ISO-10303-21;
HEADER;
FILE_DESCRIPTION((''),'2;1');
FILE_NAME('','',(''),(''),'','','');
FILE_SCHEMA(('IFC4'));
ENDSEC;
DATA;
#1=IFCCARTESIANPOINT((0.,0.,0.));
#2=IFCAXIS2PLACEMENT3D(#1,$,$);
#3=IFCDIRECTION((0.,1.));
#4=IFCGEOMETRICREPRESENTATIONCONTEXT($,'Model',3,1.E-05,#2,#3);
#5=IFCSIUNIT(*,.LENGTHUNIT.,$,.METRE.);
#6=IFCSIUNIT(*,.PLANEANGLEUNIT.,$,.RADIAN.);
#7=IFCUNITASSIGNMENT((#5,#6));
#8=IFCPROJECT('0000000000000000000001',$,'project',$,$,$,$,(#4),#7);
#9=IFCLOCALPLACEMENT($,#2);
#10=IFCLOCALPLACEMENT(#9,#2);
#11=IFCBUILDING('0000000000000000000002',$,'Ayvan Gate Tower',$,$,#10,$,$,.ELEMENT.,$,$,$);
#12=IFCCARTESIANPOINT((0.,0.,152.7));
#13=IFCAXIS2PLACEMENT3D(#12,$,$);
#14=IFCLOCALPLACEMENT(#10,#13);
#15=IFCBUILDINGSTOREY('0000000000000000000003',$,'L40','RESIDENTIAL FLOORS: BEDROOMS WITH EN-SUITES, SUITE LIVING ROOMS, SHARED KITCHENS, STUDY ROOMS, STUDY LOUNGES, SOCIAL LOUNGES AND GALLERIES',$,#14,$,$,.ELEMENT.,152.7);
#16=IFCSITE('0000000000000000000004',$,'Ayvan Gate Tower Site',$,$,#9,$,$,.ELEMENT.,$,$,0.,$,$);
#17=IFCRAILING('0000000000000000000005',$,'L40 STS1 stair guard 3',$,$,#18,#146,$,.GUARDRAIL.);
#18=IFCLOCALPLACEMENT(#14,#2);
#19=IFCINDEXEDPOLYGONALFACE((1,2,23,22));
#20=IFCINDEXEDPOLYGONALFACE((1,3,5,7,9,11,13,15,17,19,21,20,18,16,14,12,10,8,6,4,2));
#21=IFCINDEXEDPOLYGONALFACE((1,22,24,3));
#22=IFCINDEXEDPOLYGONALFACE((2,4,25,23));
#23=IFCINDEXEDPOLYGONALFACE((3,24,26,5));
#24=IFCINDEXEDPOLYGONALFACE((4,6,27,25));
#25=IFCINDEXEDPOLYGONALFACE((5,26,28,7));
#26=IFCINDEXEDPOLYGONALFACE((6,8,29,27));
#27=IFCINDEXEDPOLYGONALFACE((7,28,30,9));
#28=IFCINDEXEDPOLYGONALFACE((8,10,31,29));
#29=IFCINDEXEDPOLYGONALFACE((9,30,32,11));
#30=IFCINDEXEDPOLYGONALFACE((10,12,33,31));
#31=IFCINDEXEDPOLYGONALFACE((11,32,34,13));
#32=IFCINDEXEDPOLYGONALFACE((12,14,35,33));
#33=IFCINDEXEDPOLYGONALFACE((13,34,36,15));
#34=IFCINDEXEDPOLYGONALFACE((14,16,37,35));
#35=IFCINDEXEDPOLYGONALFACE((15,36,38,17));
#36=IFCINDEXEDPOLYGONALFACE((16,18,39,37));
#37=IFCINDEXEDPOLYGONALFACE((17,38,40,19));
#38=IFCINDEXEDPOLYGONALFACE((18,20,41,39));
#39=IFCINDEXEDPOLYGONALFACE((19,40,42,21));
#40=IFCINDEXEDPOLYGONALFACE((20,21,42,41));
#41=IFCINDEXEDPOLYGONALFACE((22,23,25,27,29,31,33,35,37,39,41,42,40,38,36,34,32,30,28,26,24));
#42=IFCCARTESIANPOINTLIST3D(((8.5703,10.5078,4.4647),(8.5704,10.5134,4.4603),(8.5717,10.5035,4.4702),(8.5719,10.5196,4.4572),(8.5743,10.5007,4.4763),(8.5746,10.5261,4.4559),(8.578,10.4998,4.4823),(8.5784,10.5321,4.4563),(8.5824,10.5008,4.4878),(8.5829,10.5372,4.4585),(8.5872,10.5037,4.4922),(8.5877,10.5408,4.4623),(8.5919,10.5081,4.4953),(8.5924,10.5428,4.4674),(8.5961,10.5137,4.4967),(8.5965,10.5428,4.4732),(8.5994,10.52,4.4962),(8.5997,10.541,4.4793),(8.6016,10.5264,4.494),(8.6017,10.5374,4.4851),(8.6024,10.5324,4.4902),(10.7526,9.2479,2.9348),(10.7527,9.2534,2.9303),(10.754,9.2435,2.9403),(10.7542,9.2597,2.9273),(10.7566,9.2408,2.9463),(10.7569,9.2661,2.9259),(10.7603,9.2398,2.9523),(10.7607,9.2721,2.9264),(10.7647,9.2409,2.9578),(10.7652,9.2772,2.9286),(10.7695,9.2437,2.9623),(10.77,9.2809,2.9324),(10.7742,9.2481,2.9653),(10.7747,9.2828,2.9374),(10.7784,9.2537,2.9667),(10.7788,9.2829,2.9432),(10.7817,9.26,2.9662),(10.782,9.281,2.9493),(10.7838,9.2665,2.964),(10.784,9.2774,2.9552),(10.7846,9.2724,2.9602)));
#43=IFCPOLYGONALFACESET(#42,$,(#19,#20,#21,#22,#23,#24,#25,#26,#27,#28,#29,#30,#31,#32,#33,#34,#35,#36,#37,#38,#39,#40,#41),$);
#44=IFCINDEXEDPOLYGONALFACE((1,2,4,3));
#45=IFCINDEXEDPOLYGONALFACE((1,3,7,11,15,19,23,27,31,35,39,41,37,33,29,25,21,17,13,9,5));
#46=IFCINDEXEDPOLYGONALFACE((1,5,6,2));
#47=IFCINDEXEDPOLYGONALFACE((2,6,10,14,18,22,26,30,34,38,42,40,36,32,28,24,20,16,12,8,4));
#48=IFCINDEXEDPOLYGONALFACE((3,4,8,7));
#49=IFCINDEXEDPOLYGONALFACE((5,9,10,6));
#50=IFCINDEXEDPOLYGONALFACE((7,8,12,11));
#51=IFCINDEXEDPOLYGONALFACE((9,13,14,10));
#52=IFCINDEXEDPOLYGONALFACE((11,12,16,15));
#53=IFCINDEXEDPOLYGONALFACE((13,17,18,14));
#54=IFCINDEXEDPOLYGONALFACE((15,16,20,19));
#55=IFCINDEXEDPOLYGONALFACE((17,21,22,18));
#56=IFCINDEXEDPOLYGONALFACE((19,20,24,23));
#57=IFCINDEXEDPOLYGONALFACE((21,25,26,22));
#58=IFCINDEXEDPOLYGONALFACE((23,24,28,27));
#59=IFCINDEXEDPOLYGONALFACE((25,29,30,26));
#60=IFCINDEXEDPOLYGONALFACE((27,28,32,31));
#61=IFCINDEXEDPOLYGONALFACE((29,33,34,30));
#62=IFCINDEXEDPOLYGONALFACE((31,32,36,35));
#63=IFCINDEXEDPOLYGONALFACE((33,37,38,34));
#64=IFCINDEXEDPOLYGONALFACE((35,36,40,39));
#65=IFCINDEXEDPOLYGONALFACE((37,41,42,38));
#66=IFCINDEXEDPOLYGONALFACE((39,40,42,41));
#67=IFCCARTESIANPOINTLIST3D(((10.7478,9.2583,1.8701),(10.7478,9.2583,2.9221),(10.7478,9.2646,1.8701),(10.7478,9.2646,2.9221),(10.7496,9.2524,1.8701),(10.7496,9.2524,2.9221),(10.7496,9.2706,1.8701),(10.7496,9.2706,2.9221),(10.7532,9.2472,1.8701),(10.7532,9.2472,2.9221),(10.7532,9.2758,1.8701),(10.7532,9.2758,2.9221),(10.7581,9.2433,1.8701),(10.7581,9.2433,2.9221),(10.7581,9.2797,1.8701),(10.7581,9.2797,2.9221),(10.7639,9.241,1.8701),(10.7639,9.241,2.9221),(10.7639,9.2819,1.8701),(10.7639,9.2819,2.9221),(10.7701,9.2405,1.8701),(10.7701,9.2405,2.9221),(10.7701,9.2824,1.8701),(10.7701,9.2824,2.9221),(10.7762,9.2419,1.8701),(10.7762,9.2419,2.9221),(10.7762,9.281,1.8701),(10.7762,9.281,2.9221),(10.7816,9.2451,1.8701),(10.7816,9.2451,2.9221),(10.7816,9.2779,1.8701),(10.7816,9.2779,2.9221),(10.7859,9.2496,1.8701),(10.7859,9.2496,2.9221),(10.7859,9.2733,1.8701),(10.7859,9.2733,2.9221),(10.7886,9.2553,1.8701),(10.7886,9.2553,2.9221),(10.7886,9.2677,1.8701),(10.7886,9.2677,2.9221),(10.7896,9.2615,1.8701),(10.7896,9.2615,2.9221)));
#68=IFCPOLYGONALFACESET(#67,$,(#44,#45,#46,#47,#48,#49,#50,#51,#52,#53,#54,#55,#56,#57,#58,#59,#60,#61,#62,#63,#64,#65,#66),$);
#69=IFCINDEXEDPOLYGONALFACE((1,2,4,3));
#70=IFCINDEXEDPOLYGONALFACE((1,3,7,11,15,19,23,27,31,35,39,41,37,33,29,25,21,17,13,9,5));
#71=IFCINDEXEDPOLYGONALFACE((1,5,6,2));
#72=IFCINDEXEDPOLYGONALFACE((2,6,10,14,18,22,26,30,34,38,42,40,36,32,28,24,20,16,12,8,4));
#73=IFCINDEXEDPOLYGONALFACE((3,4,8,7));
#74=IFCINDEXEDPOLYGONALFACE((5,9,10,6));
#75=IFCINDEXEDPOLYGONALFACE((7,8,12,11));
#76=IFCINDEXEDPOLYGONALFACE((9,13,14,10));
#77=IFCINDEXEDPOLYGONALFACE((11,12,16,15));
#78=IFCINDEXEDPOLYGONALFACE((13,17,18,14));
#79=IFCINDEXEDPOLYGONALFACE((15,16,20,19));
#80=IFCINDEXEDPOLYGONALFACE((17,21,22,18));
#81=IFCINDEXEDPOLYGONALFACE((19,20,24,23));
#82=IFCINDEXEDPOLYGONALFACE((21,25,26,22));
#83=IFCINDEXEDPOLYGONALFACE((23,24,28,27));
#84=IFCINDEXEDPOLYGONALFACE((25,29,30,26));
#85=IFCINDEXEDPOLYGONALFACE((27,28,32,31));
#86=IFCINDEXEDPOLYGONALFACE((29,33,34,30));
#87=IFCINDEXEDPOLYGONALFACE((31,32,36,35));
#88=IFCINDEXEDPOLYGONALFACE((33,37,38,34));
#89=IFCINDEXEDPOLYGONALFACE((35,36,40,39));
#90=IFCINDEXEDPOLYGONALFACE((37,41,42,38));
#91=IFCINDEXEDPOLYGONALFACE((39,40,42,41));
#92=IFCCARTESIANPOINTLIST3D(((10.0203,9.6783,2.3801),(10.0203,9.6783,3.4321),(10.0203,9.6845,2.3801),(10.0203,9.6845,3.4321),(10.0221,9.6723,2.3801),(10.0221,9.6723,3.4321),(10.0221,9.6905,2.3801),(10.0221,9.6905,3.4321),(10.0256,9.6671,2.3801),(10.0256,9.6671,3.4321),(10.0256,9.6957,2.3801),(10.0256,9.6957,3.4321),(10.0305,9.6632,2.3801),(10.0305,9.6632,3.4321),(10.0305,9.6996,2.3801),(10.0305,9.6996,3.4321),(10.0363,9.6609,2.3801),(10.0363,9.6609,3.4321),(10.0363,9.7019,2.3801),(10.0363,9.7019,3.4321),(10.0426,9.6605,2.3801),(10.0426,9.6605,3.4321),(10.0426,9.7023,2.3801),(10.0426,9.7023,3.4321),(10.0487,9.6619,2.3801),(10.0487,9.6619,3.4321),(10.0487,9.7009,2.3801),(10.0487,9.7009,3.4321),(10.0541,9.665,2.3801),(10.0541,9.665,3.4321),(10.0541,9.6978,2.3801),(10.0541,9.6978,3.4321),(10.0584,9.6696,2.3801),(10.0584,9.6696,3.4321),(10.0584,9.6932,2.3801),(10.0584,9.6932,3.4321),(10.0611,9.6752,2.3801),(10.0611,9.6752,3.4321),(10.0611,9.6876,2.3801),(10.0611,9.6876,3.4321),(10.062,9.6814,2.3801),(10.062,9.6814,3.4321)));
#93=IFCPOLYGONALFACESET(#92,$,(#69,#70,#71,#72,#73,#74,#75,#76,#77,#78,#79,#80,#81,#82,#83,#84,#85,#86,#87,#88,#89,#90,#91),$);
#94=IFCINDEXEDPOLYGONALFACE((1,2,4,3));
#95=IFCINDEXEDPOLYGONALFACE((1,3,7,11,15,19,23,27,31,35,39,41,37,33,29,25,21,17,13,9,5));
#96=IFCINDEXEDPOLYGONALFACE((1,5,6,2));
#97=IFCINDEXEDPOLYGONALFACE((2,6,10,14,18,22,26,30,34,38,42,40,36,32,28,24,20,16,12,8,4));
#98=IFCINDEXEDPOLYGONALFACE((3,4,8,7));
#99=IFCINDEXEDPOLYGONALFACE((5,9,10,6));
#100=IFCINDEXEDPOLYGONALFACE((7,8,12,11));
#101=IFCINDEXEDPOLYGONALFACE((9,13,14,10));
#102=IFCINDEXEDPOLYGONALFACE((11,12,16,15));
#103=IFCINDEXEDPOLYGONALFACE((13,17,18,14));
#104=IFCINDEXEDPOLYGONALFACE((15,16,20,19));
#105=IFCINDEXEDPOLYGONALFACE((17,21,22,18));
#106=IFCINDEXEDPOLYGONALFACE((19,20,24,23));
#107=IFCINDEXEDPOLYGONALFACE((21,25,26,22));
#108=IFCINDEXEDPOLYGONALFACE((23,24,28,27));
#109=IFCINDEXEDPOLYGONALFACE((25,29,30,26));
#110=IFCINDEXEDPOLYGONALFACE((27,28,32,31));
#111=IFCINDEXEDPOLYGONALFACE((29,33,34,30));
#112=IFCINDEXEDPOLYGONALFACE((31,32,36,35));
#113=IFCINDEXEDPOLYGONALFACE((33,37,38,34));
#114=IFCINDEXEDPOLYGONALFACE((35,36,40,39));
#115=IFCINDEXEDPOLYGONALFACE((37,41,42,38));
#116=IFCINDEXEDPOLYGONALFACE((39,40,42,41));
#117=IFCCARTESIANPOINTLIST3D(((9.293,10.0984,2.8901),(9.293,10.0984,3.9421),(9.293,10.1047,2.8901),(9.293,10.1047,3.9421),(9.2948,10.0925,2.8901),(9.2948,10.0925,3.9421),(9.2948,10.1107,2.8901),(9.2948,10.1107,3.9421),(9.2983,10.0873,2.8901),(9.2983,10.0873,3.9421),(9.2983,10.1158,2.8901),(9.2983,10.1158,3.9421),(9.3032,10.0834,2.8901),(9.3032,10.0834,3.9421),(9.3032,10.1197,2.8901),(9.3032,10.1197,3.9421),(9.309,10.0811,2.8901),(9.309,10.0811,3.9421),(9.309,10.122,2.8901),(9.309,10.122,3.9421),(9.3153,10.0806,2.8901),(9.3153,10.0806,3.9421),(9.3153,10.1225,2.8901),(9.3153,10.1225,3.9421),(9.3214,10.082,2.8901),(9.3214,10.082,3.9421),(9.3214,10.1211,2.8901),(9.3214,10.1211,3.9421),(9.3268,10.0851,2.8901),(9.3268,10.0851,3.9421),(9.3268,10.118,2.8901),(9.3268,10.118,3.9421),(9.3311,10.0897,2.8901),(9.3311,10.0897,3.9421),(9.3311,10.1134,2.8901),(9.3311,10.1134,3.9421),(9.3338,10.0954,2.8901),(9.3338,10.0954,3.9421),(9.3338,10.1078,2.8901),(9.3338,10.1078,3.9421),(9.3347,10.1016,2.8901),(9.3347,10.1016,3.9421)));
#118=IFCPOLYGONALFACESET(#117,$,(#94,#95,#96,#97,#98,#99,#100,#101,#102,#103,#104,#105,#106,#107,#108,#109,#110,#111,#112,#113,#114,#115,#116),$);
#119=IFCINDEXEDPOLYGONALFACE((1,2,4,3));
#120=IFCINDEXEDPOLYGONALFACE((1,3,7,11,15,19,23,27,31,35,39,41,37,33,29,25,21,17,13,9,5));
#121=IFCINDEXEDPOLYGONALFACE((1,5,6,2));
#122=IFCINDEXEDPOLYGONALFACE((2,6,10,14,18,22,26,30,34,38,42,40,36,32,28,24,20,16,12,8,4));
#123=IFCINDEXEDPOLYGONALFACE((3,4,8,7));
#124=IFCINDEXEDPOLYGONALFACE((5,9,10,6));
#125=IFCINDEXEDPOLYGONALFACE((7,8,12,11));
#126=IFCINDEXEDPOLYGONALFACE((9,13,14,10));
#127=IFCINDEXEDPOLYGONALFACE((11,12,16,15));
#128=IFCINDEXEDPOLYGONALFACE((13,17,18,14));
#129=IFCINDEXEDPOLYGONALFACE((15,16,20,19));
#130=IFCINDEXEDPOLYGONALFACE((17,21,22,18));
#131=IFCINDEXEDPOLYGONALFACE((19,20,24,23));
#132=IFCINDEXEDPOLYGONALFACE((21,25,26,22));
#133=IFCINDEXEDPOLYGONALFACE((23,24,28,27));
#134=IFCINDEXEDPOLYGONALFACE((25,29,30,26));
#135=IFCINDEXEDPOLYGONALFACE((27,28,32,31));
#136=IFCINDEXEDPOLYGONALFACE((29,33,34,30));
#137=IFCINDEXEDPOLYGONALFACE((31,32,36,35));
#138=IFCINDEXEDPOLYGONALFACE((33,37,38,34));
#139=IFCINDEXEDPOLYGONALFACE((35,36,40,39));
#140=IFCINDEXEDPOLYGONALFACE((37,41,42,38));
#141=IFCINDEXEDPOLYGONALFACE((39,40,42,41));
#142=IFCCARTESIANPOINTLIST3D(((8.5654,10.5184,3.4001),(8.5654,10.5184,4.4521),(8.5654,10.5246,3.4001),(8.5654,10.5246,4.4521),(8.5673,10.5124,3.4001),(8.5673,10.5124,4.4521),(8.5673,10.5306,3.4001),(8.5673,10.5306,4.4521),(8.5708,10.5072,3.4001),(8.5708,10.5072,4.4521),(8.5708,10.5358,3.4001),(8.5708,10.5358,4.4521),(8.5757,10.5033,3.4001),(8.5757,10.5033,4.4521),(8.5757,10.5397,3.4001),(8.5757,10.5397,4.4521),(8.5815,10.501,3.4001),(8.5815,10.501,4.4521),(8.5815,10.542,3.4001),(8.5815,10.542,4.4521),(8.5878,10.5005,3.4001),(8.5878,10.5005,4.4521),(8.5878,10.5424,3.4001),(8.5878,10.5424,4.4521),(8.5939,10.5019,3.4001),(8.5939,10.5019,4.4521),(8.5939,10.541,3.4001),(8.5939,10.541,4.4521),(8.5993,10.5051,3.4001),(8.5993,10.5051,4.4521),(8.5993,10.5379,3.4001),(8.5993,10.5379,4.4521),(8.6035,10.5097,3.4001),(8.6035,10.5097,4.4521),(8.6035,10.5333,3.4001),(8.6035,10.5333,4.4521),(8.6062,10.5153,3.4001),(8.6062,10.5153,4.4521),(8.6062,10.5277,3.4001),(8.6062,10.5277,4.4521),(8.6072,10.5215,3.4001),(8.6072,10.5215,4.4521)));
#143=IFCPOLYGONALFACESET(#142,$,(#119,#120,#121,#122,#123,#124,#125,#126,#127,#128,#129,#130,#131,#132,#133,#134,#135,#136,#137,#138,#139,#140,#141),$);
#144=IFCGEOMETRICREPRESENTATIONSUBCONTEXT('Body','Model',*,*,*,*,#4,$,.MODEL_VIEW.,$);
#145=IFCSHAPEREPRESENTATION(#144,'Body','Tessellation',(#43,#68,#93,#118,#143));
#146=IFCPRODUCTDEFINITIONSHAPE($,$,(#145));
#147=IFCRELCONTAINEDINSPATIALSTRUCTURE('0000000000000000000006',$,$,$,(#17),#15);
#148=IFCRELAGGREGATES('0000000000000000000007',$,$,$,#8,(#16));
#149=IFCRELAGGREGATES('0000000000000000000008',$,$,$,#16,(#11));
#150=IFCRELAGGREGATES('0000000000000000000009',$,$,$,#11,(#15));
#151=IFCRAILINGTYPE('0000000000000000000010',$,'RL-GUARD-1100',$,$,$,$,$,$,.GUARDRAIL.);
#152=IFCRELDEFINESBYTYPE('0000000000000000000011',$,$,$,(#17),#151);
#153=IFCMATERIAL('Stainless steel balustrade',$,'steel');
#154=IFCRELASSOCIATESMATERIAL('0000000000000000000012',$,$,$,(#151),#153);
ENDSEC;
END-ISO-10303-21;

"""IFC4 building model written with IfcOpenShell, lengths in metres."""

from ifc_helpers import new_model, si_unit, direction, frame, origin, origin_2d, place, context, subcontext, project, spatial, circle, extrude, material, type_object, element, save


model = new_model("IFC4")

# Units and contexts
model_context = context("Model", 3, precision=1e-05, world=origin(), true_north=direction((0.0, 1.0)))
body_context = subcontext(model_context, "Body", "Model", "MODEL_VIEW")
ifc_project = project(units=[si_unit("LENGTHUNIT", "METRE"), si_unit("PLANEANGLEUNIT", "RADIAN")], contexts=[model_context])

# Site, building, storey
site_placement = place(None, origin())
site = spatial("IfcSite", under=ifc_project, at=site_placement, Name="Ayvan Gate Tower Site", CompositionType="ELEMENT", RefElevation=0.0)
building_placement = place(site_placement, origin())
building = spatial("IfcBuilding", under=site, at=building_placement, Name="Ayvan Gate Tower", CompositionType="ELEMENT")
storey_placement = place(building_placement, frame((0.0, 0.0, 152.7)))
storey = spatial("IfcBuildingStorey", under=building, at=storey_placement, Name="L40", Description="RESIDENTIAL FLOORS: BEDROOMS WITH EN-SUITES, SUITE LIVING ROOMS, SHARED KITCHENS, STUDY ROOMS, STUDY LOUNGES, SOCIAL LOUNGES AND GALLERIES", CompositionType="ELEMENT", Elevation=152.7)

# Railing
ifc_material_1 = material(Name="Stainless steel balustrade", Category="steel")
railing_type_1 = type_object("IfcRailingType", Name="RL-GUARD-1100", PredefinedType="GUARDRAIL", material=ifc_material_1)
railing_1_placement = place(storey_placement, frame((10.7686, 9.2615, 1.8701)))
element("IfcRailing", 1, at=railing_1_placement, inside=storey, type_object=railing_type_1, Name="L40 STS1 stair guard 3", PredefinedType="GUARDRAIL", context=body_context, shape_type="SweptSolid", body=[
    extrude(circle(Radius=0.0239, at=origin_2d()), frame((0.0, 0.0, 1.0762), z_axis=(-0.740261, 0.427395, 0.518986), x_axis=(-0.500005, -0.866023, 0.0)), (0.0, 0.0, 1.0), 2.948),
    extrude(circle(Radius=0.021, at=origin_2d()), origin(), (0.0, 0.0, 1.0), 1.052),
    extrude(circle(Radius=0.021, at=origin_2d()), frame((-0.7275, 0.4199, 0.51)), (0.0, 0.0, 1.0), 1.052),
    extrude(circle(Radius=0.021, at=origin_2d()), frame((-1.4548, 0.8401, 1.02)), (0.0, 0.0, 1.0), 1.052),
    extrude(circle(Radius=0.021, at=origin_2d()), frame((-2.1824, 1.26, 1.53)), (0.0, 0.0, 1.0), 1.052),
])

save(model, "model.ifc")
